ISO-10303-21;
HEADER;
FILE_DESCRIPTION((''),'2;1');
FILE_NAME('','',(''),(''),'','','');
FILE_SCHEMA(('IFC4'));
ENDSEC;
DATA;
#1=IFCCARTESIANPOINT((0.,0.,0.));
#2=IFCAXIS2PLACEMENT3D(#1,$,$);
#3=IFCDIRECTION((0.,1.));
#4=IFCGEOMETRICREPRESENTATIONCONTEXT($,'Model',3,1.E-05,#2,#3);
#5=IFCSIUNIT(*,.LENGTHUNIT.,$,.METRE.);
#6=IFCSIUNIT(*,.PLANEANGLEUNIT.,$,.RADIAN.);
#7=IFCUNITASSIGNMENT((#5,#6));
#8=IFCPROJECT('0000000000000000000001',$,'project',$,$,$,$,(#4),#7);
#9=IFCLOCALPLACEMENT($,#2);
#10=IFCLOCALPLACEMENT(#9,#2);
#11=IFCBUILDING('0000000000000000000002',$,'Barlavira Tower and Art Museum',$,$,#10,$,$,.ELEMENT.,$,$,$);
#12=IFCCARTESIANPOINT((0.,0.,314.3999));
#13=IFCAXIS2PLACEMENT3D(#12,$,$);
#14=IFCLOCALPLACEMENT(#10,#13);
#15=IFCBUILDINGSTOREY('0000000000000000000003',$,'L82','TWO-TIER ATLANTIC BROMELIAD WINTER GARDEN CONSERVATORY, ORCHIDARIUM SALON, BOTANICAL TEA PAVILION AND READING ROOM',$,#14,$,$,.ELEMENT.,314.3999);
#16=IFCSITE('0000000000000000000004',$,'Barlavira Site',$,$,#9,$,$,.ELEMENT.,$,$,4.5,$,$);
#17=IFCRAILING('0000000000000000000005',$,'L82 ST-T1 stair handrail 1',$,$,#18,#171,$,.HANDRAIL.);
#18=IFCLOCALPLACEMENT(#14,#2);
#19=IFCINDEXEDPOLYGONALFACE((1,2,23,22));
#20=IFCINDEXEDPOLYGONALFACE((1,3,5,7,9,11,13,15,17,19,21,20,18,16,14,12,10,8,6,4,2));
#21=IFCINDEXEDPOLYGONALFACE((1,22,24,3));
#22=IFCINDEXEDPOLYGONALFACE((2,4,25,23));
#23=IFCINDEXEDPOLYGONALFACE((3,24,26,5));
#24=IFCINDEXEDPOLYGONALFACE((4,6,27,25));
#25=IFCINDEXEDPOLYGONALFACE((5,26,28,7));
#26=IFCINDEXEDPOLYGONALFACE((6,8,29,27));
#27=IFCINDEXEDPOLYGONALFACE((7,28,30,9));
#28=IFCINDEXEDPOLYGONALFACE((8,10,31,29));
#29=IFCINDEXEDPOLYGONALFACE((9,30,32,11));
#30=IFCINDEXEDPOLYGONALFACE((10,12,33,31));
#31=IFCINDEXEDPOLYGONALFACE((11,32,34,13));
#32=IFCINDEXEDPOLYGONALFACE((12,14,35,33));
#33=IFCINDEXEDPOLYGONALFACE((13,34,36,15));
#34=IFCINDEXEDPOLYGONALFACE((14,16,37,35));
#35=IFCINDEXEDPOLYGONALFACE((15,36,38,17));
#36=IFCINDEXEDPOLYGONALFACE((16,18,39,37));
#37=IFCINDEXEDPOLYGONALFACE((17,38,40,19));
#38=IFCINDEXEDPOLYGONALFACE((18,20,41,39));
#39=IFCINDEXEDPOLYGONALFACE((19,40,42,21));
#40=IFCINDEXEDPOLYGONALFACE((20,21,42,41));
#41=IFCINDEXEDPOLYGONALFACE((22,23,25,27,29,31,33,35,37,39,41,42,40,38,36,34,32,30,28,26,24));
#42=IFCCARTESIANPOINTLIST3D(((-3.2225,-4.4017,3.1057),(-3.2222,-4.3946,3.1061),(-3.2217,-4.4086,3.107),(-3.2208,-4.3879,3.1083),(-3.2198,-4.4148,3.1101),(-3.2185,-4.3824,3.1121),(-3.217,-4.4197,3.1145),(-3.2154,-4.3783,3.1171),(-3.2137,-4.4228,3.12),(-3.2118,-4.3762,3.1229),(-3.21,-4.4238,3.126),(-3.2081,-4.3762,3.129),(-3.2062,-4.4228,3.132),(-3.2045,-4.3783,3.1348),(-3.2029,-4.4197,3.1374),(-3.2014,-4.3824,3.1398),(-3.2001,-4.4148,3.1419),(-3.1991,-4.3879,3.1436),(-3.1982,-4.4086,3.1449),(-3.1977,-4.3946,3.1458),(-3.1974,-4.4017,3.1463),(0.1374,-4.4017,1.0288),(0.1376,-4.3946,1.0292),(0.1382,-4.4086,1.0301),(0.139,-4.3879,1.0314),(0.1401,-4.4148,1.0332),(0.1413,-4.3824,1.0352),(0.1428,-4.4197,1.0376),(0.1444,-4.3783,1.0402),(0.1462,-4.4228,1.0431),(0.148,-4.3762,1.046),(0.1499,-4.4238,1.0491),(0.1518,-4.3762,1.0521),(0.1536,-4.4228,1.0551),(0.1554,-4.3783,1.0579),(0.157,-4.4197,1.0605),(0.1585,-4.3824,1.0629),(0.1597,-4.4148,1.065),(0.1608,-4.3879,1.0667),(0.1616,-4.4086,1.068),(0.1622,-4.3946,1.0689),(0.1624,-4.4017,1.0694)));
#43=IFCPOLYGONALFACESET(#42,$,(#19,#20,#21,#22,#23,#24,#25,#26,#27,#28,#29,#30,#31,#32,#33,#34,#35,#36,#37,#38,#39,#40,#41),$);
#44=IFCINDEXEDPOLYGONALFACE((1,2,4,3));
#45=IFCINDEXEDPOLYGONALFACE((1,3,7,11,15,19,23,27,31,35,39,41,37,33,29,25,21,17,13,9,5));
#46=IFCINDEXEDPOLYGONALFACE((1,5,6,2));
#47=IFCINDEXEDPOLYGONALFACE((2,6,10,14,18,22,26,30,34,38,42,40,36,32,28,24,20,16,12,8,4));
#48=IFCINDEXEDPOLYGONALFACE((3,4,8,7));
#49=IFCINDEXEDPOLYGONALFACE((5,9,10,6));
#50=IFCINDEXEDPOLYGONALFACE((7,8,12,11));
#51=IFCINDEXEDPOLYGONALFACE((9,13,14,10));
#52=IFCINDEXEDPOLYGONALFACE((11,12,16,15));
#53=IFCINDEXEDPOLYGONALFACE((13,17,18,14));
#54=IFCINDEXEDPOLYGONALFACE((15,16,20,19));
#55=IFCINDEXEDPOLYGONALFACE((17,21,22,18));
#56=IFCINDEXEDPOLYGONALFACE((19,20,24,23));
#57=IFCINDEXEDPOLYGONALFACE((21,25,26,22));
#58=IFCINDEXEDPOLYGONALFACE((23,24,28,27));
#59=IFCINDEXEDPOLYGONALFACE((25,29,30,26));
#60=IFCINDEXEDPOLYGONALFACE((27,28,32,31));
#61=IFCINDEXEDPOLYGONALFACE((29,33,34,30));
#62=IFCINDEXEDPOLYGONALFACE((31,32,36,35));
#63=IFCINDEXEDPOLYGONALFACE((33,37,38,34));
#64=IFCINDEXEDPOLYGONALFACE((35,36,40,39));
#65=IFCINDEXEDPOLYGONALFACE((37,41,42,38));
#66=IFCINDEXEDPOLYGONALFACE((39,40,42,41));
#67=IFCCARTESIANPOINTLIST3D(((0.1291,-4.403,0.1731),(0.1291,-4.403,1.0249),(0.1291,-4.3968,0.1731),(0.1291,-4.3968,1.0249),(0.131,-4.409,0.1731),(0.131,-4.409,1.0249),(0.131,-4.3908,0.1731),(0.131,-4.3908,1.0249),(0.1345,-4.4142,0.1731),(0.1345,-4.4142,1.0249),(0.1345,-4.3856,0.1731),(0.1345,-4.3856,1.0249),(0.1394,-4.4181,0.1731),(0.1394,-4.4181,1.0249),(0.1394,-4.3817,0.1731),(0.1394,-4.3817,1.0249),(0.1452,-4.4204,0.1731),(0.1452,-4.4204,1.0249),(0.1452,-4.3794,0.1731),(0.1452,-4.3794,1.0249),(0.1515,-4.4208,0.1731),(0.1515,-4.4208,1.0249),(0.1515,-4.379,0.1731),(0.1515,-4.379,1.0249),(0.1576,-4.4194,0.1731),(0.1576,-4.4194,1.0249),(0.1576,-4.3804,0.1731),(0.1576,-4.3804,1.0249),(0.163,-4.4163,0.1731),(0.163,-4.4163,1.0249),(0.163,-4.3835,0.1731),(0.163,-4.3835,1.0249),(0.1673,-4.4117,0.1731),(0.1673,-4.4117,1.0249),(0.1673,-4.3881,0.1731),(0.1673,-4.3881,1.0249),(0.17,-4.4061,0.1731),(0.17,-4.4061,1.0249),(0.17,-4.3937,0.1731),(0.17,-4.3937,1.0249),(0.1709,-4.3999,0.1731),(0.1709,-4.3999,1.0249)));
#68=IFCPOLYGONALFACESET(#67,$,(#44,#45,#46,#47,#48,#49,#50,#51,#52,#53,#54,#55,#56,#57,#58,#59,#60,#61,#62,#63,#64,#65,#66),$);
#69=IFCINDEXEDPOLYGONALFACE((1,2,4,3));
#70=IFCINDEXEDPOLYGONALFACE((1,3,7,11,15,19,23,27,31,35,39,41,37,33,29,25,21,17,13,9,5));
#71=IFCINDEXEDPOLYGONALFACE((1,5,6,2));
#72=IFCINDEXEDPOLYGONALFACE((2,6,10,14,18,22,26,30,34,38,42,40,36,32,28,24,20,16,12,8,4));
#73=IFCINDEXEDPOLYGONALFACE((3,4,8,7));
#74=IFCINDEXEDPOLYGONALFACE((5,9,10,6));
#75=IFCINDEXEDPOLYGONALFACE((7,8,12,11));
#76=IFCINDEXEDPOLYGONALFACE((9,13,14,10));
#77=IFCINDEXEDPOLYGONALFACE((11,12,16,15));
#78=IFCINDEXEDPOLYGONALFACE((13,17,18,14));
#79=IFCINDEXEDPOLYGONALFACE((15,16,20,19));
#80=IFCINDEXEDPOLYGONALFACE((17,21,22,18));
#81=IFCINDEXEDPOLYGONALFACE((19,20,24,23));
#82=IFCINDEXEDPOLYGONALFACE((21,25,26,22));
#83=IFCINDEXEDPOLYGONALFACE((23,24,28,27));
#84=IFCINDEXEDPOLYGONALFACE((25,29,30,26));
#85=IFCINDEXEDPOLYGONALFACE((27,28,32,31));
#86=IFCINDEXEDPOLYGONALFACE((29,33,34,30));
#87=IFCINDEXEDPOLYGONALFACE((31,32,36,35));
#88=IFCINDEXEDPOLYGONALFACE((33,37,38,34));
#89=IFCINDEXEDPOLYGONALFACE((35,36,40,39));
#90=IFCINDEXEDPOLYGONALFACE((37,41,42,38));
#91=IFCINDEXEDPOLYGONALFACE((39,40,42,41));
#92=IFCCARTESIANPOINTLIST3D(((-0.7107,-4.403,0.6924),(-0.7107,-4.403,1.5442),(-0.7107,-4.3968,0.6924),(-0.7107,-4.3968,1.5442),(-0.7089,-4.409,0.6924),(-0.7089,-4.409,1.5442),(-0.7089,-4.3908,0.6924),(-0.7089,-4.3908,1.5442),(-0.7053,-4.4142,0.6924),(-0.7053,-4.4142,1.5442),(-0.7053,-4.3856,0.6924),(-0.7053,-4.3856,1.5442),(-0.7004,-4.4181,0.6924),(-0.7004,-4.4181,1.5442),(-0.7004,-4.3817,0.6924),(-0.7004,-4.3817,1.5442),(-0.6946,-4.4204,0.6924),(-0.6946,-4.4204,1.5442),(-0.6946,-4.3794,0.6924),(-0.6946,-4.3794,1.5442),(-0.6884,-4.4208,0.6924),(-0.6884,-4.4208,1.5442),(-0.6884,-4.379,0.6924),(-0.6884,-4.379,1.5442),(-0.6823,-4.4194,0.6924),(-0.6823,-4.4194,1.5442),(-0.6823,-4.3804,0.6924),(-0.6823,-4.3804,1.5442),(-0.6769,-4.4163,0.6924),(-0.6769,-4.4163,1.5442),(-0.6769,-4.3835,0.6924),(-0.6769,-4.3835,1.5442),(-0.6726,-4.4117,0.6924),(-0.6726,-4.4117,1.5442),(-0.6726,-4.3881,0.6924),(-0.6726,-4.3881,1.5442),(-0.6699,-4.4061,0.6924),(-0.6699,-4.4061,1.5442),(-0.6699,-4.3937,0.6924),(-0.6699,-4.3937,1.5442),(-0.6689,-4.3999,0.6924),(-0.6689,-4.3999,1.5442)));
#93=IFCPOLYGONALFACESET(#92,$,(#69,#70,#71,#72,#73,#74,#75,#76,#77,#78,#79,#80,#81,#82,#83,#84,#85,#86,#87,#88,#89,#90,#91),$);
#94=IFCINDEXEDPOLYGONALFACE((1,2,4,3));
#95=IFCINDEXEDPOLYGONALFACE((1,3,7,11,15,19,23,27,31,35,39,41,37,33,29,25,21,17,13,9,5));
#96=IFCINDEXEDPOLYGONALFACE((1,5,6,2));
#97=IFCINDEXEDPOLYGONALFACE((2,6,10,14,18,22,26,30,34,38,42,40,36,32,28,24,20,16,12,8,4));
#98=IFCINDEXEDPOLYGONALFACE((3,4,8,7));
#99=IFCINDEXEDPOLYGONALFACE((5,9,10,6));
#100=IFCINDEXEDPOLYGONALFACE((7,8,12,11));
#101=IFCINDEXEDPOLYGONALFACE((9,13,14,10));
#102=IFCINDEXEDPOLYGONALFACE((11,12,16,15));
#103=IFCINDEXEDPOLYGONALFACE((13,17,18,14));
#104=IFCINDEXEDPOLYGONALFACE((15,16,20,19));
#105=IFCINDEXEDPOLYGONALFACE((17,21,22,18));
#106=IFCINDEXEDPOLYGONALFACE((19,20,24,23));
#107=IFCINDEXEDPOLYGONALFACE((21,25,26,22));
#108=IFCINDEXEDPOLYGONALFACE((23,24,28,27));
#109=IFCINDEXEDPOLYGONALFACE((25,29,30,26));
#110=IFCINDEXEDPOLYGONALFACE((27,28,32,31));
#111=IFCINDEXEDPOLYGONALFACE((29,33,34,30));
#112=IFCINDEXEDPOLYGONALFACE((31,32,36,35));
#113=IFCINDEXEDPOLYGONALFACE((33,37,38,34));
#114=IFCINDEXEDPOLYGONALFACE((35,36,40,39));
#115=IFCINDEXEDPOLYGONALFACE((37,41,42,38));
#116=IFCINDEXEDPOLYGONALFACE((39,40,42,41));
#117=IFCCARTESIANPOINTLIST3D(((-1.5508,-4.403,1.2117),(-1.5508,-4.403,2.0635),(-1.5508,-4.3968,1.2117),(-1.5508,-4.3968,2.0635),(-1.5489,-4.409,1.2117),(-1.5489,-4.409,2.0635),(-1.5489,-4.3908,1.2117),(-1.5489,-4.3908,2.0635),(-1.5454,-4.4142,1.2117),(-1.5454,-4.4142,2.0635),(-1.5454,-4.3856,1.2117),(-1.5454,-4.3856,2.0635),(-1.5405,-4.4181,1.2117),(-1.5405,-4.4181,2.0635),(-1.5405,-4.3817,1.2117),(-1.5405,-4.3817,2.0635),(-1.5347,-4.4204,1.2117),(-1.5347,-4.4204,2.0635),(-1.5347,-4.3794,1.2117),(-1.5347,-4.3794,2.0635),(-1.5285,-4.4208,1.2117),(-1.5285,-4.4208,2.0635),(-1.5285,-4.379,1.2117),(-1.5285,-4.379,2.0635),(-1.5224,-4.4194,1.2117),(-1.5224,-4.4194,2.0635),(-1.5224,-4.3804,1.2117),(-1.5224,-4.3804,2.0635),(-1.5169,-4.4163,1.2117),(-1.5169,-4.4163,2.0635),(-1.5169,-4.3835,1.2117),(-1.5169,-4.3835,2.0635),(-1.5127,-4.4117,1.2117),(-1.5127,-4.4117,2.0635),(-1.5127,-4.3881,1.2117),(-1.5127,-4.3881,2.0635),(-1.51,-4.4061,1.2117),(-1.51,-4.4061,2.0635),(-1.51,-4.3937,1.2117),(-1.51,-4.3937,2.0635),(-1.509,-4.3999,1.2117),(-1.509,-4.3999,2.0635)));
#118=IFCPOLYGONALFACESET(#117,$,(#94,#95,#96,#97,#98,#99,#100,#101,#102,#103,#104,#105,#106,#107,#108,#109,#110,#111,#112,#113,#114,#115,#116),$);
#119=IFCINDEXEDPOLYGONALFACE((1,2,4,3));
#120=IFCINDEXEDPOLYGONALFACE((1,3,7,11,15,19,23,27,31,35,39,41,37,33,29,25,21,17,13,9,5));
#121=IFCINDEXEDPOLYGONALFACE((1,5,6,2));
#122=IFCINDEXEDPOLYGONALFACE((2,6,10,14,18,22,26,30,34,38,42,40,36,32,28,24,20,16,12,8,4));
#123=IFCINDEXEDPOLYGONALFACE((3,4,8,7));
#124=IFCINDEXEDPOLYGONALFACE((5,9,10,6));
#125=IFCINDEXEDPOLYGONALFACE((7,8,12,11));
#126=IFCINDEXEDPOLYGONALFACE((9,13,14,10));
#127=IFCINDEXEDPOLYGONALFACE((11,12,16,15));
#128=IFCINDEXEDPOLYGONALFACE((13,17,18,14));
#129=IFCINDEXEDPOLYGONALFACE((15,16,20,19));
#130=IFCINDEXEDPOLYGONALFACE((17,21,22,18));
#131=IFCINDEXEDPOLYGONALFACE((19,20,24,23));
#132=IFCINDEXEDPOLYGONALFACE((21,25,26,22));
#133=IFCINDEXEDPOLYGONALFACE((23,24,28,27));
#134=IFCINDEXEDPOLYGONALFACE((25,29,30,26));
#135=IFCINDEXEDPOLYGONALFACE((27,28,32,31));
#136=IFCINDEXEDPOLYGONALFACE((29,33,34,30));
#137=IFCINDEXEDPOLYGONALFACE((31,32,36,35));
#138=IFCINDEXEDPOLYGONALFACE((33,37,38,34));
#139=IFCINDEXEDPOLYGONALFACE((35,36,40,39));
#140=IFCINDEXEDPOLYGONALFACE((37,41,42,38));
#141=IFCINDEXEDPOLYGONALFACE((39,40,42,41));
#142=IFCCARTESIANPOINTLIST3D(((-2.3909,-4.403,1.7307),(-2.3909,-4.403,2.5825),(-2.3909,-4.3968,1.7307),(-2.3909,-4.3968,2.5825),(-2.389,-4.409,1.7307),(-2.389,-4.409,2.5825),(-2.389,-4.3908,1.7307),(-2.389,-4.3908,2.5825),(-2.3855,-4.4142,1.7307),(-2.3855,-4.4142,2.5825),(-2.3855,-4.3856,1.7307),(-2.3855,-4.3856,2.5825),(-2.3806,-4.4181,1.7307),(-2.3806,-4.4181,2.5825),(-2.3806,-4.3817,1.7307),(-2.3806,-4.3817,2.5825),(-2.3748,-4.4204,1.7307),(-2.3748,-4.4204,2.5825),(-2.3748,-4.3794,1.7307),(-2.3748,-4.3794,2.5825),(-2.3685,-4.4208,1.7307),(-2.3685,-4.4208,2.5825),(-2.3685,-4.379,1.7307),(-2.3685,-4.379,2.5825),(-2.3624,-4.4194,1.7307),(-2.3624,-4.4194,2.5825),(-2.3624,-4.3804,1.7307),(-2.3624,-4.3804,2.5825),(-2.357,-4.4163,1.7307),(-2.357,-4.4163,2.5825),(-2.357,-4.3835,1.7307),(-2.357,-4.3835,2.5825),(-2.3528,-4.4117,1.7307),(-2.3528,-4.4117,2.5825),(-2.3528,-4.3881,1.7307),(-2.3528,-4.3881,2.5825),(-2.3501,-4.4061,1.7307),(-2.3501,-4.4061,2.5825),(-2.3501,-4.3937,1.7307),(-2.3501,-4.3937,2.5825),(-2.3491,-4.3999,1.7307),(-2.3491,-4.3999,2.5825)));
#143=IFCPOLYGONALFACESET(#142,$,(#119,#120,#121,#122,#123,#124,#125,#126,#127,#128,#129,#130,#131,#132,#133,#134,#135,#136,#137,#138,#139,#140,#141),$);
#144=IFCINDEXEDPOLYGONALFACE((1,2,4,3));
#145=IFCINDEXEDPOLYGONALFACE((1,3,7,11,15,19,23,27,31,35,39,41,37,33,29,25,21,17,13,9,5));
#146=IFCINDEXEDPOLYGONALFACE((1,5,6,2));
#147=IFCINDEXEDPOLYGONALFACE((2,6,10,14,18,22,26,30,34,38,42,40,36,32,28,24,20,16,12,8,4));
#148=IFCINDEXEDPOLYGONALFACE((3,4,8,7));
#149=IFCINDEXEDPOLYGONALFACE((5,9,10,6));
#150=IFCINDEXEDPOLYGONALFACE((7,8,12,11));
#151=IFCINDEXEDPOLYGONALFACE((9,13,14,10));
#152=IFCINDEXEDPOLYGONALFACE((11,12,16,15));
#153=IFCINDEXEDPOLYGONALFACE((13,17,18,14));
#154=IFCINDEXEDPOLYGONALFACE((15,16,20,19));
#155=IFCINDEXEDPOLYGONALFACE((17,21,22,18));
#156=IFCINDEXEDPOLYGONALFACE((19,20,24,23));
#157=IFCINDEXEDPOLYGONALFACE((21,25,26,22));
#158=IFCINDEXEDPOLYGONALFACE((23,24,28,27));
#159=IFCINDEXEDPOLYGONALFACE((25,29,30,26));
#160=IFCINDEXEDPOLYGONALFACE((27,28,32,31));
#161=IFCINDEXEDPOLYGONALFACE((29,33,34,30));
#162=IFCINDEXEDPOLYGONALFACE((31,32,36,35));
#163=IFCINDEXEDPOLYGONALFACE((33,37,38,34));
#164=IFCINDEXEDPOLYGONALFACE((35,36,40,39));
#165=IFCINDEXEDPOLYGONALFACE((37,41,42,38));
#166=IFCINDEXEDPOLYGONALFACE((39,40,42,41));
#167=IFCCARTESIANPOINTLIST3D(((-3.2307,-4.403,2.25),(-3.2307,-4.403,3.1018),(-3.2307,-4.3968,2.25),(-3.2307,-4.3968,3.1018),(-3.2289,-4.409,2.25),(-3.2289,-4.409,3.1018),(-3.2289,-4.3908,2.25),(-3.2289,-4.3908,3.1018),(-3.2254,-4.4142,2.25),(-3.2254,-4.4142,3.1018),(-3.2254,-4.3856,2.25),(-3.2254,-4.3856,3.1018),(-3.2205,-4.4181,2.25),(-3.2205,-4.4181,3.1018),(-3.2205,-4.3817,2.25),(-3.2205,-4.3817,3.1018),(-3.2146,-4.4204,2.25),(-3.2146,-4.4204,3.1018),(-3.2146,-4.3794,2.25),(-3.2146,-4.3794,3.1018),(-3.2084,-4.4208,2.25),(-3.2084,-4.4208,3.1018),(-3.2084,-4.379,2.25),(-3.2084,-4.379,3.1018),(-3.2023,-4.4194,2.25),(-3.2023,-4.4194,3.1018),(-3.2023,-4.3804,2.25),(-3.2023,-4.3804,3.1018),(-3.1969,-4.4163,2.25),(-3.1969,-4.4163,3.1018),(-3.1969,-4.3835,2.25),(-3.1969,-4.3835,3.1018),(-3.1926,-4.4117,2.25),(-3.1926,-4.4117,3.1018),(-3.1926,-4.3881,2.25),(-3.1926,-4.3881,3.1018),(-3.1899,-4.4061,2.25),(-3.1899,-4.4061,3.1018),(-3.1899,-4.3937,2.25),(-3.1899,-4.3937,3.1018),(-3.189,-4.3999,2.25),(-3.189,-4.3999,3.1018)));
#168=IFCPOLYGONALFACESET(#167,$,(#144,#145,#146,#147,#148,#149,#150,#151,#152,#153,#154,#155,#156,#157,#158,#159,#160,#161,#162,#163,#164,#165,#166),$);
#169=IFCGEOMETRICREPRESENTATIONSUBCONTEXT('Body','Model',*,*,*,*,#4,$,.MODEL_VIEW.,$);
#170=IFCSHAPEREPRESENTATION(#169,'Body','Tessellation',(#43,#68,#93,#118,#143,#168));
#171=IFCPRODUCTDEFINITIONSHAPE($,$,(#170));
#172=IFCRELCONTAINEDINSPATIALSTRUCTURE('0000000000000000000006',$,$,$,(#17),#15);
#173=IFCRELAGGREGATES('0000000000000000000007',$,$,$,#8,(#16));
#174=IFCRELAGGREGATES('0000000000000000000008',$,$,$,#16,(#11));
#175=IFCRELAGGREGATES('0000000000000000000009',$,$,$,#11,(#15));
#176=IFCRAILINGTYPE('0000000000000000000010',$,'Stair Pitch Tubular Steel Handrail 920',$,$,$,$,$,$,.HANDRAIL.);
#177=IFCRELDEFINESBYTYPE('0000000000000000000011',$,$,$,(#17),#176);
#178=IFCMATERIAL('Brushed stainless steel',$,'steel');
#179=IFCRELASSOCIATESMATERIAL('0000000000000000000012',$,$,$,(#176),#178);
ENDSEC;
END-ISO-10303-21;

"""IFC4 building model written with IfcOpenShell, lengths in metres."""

from ifc_helpers import new_model, si_unit, direction, frame, origin, origin_2d, place, context, subcontext, project, spatial, circle, extrude, material, type_object, element, save


model = new_model("IFC4")

# Units and contexts
model_context = context("Model", 3, precision=1e-05, world=origin(), true_north=direction((0.0, 1.0)))
body_context = subcontext(model_context, "Body", "Model", "MODEL_VIEW")
ifc_project = project(units=[si_unit("LENGTHUNIT", "METRE"), si_unit("PLANEANGLEUNIT", "RADIAN")], contexts=[model_context])

# Site, building, storey
site_placement = place(None, origin())
site = spatial("IfcSite", under=ifc_project, at=site_placement, Name="Barlavira Site", CompositionType="ELEMENT", RefElevation=4.5)
building_placement = place(site_placement, origin())
building = spatial("IfcBuilding", under=site, at=building_placement, Name="Barlavira Tower and Art Museum", CompositionType="ELEMENT")
storey_placement = place(building_placement, frame((0.0, 0.0, 314.3999)))
storey = spatial("IfcBuildingStorey", under=building, at=storey_placement, Name="L82", Description="TWO-TIER ATLANTIC BROMELIAD WINTER GARDEN CONSERVATORY, ORCHIDARIUM SALON, BOTANICAL TEA PAVILION AND READING ROOM", CompositionType="ELEMENT", Elevation=314.3999)

# Shared definitions
ifc_material_1 = material(Name="Brushed stainless steel", Category="steel")

# Railing
railing_type_1 = type_object("IfcRailingType", Name="Stair Pitch Tubular Steel Handrail 920", PredefinedType="HANDRAIL", material=ifc_material_1)
railing_1_placement = place(storey_placement, frame((0.1499, -4.3999, 0.1731)))
element("IfcRailing", 1, at=railing_1_placement, inside=storey, type_object=railing_type_1, Name="L82 ST-T1 stair handrail 1", PredefinedType="HANDRAIL", context=body_context, shape_type="SweptSolid", body=[
    extrude(circle(Radius=0.0239, at=origin_2d()), frame((0.0, 0.0, 0.876), z_axis=(-0.850606, 0.0, 0.525803), x_axis=(0.0, -1.0, 0.0)), (0.0, 0.0, 1.0), 3.95),
    extrude(circle(Radius=0.021, at=origin_2d()), origin(), (0.0, 0.0, 1.0), 0.8518),
    extrude(circle(Radius=0.021, at=origin_2d()), frame((-0.8398, 0.0, 0.5193)), (0.0, 0.0, 1.0), 0.8518),
    extrude(circle(Radius=0.021, at=origin_2d()), frame((-1.6799, 0.0, 1.0386)), (0.0, 0.0, 1.0), 0.8518),
    extrude(circle(Radius=0.021, at=origin_2d()), frame((-2.52, 0.0, 1.5576)), (0.0, 0.0, 1.0), 0.8518),
    extrude(circle(Radius=0.021, at=origin_2d()), frame((-3.3599, 0.0, 2.0769)), (0.0, 0.0, 1.0), 0.8518),
])

save(model, "model.ifc")
